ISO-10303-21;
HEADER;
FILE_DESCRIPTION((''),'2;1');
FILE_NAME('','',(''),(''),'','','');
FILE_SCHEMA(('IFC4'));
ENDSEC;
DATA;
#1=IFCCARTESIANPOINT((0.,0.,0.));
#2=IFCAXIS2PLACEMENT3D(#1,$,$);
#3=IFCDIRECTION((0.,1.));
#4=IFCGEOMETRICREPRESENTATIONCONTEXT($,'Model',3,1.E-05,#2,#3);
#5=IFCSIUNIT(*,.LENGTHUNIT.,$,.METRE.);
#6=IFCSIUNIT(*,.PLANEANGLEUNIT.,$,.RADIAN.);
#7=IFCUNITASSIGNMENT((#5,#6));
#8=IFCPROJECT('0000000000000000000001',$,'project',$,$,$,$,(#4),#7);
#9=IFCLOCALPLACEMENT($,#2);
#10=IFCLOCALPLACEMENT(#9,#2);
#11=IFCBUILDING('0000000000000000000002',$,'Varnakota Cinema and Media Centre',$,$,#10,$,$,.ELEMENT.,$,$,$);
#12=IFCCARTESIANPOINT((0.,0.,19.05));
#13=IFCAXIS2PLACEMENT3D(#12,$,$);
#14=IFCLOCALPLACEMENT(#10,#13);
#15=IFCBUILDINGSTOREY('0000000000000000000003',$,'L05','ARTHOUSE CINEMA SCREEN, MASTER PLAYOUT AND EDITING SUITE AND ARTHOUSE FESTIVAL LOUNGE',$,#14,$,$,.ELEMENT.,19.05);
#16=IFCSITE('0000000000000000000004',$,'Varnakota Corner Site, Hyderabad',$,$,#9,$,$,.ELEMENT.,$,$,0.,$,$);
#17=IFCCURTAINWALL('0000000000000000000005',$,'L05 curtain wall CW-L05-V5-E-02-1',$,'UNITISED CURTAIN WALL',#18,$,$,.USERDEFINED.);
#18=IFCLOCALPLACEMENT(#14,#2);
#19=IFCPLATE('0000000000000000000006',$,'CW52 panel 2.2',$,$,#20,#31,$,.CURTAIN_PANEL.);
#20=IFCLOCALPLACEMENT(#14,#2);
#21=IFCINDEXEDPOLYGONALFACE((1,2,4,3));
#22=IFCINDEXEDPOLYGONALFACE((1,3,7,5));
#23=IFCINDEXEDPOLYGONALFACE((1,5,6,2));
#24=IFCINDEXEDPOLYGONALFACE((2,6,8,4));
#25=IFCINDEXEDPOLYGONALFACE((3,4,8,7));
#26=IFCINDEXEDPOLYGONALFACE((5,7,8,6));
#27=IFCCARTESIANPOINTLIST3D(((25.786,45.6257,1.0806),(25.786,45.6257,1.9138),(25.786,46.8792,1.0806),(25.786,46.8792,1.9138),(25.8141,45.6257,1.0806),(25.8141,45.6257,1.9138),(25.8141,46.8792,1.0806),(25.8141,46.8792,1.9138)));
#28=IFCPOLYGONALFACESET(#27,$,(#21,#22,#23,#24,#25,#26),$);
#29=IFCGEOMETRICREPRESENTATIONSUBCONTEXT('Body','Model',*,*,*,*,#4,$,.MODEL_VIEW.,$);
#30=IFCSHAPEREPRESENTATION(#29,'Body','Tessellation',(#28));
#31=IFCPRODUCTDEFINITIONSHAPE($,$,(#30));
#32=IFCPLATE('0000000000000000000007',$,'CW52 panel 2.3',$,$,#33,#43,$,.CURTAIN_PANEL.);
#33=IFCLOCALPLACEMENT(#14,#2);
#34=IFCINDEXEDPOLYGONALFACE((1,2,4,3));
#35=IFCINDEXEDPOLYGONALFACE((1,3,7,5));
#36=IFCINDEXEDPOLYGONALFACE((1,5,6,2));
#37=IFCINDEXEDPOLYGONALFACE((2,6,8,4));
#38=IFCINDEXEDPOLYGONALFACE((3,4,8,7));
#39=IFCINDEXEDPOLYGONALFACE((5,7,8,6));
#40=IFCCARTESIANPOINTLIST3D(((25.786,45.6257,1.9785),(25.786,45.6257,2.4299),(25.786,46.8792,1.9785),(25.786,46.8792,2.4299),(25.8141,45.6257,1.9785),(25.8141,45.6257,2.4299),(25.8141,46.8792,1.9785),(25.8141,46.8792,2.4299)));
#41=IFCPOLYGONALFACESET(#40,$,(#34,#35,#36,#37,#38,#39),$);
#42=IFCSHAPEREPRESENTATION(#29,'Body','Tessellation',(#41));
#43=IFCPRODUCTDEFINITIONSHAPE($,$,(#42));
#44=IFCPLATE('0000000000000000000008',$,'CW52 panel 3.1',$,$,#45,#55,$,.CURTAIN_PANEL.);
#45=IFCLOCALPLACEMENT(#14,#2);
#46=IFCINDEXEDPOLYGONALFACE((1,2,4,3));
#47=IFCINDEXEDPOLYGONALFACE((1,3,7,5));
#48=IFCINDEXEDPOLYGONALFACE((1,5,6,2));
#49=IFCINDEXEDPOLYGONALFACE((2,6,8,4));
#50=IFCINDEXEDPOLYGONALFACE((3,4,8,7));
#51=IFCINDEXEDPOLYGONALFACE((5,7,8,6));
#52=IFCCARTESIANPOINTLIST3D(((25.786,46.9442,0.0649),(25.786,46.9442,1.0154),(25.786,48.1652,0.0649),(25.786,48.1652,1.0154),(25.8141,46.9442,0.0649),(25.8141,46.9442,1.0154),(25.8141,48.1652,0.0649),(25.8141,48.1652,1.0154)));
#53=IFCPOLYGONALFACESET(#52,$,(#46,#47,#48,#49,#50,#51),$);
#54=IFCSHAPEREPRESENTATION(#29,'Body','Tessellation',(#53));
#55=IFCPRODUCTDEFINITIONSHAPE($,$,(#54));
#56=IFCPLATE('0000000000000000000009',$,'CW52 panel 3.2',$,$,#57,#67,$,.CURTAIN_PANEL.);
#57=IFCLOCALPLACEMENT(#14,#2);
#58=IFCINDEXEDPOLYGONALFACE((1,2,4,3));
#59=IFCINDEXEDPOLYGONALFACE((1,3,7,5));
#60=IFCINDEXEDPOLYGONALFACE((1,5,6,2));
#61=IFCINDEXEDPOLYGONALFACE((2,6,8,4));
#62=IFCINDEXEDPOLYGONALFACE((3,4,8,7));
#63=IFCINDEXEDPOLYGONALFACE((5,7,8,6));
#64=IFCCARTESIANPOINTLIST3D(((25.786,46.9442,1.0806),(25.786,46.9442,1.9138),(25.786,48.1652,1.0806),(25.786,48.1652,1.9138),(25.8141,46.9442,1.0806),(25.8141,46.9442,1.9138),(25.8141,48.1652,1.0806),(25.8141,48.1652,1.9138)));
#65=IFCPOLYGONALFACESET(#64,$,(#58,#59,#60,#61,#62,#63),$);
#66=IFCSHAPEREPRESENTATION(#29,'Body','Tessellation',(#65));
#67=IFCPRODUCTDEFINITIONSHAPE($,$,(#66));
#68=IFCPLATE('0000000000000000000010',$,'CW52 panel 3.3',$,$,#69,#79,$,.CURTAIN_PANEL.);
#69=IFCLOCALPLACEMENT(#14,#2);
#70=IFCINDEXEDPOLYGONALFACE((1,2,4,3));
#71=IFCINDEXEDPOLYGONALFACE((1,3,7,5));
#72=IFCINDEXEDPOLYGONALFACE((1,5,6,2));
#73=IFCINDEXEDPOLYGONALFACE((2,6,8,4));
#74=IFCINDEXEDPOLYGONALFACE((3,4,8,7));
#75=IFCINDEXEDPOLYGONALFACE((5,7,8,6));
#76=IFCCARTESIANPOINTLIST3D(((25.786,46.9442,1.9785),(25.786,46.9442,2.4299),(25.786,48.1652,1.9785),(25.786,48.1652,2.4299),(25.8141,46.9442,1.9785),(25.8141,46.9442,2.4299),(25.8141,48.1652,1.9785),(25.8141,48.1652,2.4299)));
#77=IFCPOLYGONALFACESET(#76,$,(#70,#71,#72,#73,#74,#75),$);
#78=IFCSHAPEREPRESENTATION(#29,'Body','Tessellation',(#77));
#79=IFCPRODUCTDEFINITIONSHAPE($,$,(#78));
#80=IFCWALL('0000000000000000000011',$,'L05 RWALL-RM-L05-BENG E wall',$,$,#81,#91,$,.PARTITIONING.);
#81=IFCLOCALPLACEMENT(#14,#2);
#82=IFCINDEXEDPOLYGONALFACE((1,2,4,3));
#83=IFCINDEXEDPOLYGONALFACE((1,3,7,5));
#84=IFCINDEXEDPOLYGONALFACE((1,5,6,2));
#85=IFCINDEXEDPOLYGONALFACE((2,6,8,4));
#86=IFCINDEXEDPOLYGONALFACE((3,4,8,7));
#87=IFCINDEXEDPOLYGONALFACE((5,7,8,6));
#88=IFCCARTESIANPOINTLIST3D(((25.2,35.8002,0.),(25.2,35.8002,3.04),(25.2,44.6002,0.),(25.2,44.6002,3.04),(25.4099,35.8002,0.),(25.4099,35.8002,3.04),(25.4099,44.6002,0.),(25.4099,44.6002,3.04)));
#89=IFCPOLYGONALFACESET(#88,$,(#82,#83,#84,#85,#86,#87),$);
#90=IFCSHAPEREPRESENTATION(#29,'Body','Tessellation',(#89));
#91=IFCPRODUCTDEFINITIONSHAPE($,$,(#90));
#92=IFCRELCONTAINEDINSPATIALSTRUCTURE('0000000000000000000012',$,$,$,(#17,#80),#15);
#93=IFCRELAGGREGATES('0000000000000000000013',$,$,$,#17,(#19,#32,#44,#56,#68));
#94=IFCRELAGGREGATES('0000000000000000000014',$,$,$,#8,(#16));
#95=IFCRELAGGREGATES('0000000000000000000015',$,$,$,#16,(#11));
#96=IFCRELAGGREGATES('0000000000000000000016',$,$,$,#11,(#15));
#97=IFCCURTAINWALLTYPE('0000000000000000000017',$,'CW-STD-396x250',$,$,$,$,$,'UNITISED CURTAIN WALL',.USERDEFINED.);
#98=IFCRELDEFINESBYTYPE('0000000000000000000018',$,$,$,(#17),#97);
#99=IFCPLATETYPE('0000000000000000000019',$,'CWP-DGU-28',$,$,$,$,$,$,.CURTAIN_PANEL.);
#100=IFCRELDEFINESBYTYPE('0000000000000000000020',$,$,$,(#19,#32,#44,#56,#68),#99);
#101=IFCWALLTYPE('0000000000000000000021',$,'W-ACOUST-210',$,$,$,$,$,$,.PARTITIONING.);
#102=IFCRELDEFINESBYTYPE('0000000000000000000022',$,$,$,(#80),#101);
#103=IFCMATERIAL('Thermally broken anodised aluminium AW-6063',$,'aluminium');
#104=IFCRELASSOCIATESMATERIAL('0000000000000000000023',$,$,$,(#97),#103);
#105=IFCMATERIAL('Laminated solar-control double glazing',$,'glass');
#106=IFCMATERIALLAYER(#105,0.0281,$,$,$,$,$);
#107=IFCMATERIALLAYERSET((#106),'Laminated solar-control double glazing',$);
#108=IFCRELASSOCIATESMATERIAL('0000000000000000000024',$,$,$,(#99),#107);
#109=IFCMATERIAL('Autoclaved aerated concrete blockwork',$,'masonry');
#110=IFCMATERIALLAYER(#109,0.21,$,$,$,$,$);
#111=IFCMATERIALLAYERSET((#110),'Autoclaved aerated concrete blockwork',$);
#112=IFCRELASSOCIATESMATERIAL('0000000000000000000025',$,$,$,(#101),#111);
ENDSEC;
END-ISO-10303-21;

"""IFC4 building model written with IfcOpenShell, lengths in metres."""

from ifc_helpers import new_model, si_unit, direction, frame, frame_2d, origin, origin_2d, place, context, subcontext, project, spatial, rectangle, extrude, material, layer, layer_set, type_object, element, aggregate, save


model = new_model("IFC4")

# Units and contexts
model_context = context("Model", 3, precision=1e-05, world=origin(), true_north=direction((0.0, 1.0)))
body_context = subcontext(model_context, "Body", "Model", "MODEL_VIEW")
ifc_project = project(units=[si_unit("LENGTHUNIT", "METRE"), si_unit("PLANEANGLEUNIT", "RADIAN")], contexts=[model_context])

# Site, building, storey
site_placement = place(None, origin())
site = spatial("IfcSite", under=ifc_project, at=site_placement, Name="Varnakota Corner Site, Hyderabad", CompositionType="ELEMENT", RefElevation=0.0)
building_placement = place(site_placement, origin())
building = spatial("IfcBuilding", under=site, at=building_placement, Name="Varnakota Cinema and Media Centre", CompositionType="ELEMENT")
storey_placement = place(building_placement, frame((0.0, 0.0, 19.05)))
storey = spatial("IfcBuildingStorey", under=building, at=storey_placement, Name="L05", Description="ARTHOUSE CINEMA SCREEN, MASTER PLAYOUT AND EDITING SUITE AND ARTHOUSE FESTIVAL LOUNGE", CompositionType="ELEMENT", Elevation=19.05)

# Curtain wall, plates
ifc_material_1 = material(Name="Thermally broken anodised aluminium AW-6063", Category="aluminium")
curtain_wall_type = type_object("IfcCurtainWallType", Name="CW-STD-396x250", ElementType="UNITISED CURTAIN WALL", PredefinedType="USERDEFINED", material=ifc_material_1)
curtain_wall_placement = place(storey_placement, origin())
curtain_wall = element("IfcCurtainWall", 1, at=curtain_wall_placement, inside=storey, type_object=curtain_wall_type, Name="L05 curtain wall CW-L05-V5-E-02-1", ObjectType="UNITISED CURTAIN WALL", PredefinedType="USERDEFINED")
ifc_material_2 = material(Name="Laminated solar-control double glazing", Category="glass")
ifc_layer_1 = layer(ifc_material_2, 0.0281)
ifc_layer_set_1 = layer_set([ifc_layer_1], Name="Laminated solar-control double glazing")
plate_type = type_object("IfcPlateType", Name="CWP-DGU-28", PredefinedType="CURTAIN_PANEL", material=ifc_layer_set_1)
plate_1_placement = place(storey_placement, frame((25.8, 46.2524, 1.0806), z_axis=(0.0, 0.0, 1.0), x_axis=(0.0, 1.0, 0.0)))
plate_1 = element("IfcPlate", 2, at=plate_1_placement, type_object=plate_type, Name="CW52 panel 2.2", PredefinedType="CURTAIN_PANEL", context=body_context, shape_type="SweptSolid", body=[
    extrude(rectangle(XDim=1.2534, YDim=0.0281, at=origin_2d()), origin(), (0.0, 0.0, 1.0), 0.8333),
])
plate_2_placement = place(storey_placement, frame((25.8, 46.2524, 1.9785), z_axis=(0.0, 0.0, 1.0), x_axis=(0.0, 1.0, 0.0)))
plate_2 = element("IfcPlate", 3, at=plate_2_placement, type_object=plate_type, Name="CW52 panel 2.3", PredefinedType="CURTAIN_PANEL", context=body_context, shape_type="SweptSolid", body=[
    extrude(rectangle(XDim=1.2534, YDim=0.0281, at=origin_2d()), origin(), (0.0, 0.0, 1.0), 0.4514),
])
plate_3_placement = place(storey_placement, frame((25.8, 47.5547, 0.0649), z_axis=(0.0, 0.0, 1.0), x_axis=(0.0, 1.0, 0.0)))
plate_3 = element("IfcPlate", 4, at=plate_3_placement, type_object=plate_type, Name="CW52 panel 3.1", PredefinedType="CURTAIN_PANEL", context=body_context, shape_type="SweptSolid", body=[
    extrude(rectangle(XDim=1.2209, YDim=0.0281, at=origin_2d()), origin(), (0.0, 0.0, 1.0), 0.9504),
])
plate_4_placement = place(storey_placement, frame((25.8, 47.5547, 1.0806), z_axis=(0.0, 0.0, 1.0), x_axis=(0.0, 1.0, 0.0)))
plate_4 = element("IfcPlate", 5, at=plate_4_placement, type_object=plate_type, Name="CW52 panel 3.2", PredefinedType="CURTAIN_PANEL", context=body_context, shape_type="SweptSolid", body=[
    extrude(rectangle(XDim=1.2209, YDim=0.0281, at=origin_2d()), origin(), (0.0, 0.0, 1.0), 0.8333),
])
plate_5_placement = place(storey_placement, frame((25.8, 47.5547, 1.9785), z_axis=(0.0, 0.0, 1.0), x_axis=(0.0, 1.0, 0.0)))
plate_5 = element("IfcPlate", 6, at=plate_5_placement, type_object=plate_type, Name="CW52 panel 3.3", PredefinedType="CURTAIN_PANEL", context=body_context, shape_type="SweptSolid", body=[
    extrude(rectangle(XDim=1.2209, YDim=0.0281, at=origin_2d()), origin(), (0.0, 0.0, 1.0), 0.4514),
])
aggregate(curtain_wall, [plate_1, plate_2, plate_3, plate_4, plate_5])

# Wall
ifc_material_3 = material(Name="Autoclaved aerated concrete blockwork", Category="masonry")
ifc_layer_2 = layer(ifc_material_3, 0.21)
ifc_layer_set_2 = layer_set([ifc_layer_2], Name="Autoclaved aerated concrete blockwork")
wall_type = type_object("IfcWallType", Name="W-ACOUST-210", PredefinedType="PARTITIONING", material=ifc_layer_set_2)
wall_placement = place(storey_placement, frame((25.3049, 44.6001, 0.0), z_axis=(0.0, 0.0, 1.0), x_axis=(0.0, -1.0, 0.0)))
element("IfcWall", 7, at=wall_placement, inside=storey, type_object=wall_type, Name="L05 RWALL-RM-L05-BENG E wall", PredefinedType="PARTITIONING", context=body_context, shape_type="SweptSolid", body=[
    extrude(rectangle(XDim=8.8, YDim=0.21, at=frame_2d((4.3999, 0.0))), origin(), (0.0, 0.0, 1.0), 3.04),
])

save(model, "model.ifc")
